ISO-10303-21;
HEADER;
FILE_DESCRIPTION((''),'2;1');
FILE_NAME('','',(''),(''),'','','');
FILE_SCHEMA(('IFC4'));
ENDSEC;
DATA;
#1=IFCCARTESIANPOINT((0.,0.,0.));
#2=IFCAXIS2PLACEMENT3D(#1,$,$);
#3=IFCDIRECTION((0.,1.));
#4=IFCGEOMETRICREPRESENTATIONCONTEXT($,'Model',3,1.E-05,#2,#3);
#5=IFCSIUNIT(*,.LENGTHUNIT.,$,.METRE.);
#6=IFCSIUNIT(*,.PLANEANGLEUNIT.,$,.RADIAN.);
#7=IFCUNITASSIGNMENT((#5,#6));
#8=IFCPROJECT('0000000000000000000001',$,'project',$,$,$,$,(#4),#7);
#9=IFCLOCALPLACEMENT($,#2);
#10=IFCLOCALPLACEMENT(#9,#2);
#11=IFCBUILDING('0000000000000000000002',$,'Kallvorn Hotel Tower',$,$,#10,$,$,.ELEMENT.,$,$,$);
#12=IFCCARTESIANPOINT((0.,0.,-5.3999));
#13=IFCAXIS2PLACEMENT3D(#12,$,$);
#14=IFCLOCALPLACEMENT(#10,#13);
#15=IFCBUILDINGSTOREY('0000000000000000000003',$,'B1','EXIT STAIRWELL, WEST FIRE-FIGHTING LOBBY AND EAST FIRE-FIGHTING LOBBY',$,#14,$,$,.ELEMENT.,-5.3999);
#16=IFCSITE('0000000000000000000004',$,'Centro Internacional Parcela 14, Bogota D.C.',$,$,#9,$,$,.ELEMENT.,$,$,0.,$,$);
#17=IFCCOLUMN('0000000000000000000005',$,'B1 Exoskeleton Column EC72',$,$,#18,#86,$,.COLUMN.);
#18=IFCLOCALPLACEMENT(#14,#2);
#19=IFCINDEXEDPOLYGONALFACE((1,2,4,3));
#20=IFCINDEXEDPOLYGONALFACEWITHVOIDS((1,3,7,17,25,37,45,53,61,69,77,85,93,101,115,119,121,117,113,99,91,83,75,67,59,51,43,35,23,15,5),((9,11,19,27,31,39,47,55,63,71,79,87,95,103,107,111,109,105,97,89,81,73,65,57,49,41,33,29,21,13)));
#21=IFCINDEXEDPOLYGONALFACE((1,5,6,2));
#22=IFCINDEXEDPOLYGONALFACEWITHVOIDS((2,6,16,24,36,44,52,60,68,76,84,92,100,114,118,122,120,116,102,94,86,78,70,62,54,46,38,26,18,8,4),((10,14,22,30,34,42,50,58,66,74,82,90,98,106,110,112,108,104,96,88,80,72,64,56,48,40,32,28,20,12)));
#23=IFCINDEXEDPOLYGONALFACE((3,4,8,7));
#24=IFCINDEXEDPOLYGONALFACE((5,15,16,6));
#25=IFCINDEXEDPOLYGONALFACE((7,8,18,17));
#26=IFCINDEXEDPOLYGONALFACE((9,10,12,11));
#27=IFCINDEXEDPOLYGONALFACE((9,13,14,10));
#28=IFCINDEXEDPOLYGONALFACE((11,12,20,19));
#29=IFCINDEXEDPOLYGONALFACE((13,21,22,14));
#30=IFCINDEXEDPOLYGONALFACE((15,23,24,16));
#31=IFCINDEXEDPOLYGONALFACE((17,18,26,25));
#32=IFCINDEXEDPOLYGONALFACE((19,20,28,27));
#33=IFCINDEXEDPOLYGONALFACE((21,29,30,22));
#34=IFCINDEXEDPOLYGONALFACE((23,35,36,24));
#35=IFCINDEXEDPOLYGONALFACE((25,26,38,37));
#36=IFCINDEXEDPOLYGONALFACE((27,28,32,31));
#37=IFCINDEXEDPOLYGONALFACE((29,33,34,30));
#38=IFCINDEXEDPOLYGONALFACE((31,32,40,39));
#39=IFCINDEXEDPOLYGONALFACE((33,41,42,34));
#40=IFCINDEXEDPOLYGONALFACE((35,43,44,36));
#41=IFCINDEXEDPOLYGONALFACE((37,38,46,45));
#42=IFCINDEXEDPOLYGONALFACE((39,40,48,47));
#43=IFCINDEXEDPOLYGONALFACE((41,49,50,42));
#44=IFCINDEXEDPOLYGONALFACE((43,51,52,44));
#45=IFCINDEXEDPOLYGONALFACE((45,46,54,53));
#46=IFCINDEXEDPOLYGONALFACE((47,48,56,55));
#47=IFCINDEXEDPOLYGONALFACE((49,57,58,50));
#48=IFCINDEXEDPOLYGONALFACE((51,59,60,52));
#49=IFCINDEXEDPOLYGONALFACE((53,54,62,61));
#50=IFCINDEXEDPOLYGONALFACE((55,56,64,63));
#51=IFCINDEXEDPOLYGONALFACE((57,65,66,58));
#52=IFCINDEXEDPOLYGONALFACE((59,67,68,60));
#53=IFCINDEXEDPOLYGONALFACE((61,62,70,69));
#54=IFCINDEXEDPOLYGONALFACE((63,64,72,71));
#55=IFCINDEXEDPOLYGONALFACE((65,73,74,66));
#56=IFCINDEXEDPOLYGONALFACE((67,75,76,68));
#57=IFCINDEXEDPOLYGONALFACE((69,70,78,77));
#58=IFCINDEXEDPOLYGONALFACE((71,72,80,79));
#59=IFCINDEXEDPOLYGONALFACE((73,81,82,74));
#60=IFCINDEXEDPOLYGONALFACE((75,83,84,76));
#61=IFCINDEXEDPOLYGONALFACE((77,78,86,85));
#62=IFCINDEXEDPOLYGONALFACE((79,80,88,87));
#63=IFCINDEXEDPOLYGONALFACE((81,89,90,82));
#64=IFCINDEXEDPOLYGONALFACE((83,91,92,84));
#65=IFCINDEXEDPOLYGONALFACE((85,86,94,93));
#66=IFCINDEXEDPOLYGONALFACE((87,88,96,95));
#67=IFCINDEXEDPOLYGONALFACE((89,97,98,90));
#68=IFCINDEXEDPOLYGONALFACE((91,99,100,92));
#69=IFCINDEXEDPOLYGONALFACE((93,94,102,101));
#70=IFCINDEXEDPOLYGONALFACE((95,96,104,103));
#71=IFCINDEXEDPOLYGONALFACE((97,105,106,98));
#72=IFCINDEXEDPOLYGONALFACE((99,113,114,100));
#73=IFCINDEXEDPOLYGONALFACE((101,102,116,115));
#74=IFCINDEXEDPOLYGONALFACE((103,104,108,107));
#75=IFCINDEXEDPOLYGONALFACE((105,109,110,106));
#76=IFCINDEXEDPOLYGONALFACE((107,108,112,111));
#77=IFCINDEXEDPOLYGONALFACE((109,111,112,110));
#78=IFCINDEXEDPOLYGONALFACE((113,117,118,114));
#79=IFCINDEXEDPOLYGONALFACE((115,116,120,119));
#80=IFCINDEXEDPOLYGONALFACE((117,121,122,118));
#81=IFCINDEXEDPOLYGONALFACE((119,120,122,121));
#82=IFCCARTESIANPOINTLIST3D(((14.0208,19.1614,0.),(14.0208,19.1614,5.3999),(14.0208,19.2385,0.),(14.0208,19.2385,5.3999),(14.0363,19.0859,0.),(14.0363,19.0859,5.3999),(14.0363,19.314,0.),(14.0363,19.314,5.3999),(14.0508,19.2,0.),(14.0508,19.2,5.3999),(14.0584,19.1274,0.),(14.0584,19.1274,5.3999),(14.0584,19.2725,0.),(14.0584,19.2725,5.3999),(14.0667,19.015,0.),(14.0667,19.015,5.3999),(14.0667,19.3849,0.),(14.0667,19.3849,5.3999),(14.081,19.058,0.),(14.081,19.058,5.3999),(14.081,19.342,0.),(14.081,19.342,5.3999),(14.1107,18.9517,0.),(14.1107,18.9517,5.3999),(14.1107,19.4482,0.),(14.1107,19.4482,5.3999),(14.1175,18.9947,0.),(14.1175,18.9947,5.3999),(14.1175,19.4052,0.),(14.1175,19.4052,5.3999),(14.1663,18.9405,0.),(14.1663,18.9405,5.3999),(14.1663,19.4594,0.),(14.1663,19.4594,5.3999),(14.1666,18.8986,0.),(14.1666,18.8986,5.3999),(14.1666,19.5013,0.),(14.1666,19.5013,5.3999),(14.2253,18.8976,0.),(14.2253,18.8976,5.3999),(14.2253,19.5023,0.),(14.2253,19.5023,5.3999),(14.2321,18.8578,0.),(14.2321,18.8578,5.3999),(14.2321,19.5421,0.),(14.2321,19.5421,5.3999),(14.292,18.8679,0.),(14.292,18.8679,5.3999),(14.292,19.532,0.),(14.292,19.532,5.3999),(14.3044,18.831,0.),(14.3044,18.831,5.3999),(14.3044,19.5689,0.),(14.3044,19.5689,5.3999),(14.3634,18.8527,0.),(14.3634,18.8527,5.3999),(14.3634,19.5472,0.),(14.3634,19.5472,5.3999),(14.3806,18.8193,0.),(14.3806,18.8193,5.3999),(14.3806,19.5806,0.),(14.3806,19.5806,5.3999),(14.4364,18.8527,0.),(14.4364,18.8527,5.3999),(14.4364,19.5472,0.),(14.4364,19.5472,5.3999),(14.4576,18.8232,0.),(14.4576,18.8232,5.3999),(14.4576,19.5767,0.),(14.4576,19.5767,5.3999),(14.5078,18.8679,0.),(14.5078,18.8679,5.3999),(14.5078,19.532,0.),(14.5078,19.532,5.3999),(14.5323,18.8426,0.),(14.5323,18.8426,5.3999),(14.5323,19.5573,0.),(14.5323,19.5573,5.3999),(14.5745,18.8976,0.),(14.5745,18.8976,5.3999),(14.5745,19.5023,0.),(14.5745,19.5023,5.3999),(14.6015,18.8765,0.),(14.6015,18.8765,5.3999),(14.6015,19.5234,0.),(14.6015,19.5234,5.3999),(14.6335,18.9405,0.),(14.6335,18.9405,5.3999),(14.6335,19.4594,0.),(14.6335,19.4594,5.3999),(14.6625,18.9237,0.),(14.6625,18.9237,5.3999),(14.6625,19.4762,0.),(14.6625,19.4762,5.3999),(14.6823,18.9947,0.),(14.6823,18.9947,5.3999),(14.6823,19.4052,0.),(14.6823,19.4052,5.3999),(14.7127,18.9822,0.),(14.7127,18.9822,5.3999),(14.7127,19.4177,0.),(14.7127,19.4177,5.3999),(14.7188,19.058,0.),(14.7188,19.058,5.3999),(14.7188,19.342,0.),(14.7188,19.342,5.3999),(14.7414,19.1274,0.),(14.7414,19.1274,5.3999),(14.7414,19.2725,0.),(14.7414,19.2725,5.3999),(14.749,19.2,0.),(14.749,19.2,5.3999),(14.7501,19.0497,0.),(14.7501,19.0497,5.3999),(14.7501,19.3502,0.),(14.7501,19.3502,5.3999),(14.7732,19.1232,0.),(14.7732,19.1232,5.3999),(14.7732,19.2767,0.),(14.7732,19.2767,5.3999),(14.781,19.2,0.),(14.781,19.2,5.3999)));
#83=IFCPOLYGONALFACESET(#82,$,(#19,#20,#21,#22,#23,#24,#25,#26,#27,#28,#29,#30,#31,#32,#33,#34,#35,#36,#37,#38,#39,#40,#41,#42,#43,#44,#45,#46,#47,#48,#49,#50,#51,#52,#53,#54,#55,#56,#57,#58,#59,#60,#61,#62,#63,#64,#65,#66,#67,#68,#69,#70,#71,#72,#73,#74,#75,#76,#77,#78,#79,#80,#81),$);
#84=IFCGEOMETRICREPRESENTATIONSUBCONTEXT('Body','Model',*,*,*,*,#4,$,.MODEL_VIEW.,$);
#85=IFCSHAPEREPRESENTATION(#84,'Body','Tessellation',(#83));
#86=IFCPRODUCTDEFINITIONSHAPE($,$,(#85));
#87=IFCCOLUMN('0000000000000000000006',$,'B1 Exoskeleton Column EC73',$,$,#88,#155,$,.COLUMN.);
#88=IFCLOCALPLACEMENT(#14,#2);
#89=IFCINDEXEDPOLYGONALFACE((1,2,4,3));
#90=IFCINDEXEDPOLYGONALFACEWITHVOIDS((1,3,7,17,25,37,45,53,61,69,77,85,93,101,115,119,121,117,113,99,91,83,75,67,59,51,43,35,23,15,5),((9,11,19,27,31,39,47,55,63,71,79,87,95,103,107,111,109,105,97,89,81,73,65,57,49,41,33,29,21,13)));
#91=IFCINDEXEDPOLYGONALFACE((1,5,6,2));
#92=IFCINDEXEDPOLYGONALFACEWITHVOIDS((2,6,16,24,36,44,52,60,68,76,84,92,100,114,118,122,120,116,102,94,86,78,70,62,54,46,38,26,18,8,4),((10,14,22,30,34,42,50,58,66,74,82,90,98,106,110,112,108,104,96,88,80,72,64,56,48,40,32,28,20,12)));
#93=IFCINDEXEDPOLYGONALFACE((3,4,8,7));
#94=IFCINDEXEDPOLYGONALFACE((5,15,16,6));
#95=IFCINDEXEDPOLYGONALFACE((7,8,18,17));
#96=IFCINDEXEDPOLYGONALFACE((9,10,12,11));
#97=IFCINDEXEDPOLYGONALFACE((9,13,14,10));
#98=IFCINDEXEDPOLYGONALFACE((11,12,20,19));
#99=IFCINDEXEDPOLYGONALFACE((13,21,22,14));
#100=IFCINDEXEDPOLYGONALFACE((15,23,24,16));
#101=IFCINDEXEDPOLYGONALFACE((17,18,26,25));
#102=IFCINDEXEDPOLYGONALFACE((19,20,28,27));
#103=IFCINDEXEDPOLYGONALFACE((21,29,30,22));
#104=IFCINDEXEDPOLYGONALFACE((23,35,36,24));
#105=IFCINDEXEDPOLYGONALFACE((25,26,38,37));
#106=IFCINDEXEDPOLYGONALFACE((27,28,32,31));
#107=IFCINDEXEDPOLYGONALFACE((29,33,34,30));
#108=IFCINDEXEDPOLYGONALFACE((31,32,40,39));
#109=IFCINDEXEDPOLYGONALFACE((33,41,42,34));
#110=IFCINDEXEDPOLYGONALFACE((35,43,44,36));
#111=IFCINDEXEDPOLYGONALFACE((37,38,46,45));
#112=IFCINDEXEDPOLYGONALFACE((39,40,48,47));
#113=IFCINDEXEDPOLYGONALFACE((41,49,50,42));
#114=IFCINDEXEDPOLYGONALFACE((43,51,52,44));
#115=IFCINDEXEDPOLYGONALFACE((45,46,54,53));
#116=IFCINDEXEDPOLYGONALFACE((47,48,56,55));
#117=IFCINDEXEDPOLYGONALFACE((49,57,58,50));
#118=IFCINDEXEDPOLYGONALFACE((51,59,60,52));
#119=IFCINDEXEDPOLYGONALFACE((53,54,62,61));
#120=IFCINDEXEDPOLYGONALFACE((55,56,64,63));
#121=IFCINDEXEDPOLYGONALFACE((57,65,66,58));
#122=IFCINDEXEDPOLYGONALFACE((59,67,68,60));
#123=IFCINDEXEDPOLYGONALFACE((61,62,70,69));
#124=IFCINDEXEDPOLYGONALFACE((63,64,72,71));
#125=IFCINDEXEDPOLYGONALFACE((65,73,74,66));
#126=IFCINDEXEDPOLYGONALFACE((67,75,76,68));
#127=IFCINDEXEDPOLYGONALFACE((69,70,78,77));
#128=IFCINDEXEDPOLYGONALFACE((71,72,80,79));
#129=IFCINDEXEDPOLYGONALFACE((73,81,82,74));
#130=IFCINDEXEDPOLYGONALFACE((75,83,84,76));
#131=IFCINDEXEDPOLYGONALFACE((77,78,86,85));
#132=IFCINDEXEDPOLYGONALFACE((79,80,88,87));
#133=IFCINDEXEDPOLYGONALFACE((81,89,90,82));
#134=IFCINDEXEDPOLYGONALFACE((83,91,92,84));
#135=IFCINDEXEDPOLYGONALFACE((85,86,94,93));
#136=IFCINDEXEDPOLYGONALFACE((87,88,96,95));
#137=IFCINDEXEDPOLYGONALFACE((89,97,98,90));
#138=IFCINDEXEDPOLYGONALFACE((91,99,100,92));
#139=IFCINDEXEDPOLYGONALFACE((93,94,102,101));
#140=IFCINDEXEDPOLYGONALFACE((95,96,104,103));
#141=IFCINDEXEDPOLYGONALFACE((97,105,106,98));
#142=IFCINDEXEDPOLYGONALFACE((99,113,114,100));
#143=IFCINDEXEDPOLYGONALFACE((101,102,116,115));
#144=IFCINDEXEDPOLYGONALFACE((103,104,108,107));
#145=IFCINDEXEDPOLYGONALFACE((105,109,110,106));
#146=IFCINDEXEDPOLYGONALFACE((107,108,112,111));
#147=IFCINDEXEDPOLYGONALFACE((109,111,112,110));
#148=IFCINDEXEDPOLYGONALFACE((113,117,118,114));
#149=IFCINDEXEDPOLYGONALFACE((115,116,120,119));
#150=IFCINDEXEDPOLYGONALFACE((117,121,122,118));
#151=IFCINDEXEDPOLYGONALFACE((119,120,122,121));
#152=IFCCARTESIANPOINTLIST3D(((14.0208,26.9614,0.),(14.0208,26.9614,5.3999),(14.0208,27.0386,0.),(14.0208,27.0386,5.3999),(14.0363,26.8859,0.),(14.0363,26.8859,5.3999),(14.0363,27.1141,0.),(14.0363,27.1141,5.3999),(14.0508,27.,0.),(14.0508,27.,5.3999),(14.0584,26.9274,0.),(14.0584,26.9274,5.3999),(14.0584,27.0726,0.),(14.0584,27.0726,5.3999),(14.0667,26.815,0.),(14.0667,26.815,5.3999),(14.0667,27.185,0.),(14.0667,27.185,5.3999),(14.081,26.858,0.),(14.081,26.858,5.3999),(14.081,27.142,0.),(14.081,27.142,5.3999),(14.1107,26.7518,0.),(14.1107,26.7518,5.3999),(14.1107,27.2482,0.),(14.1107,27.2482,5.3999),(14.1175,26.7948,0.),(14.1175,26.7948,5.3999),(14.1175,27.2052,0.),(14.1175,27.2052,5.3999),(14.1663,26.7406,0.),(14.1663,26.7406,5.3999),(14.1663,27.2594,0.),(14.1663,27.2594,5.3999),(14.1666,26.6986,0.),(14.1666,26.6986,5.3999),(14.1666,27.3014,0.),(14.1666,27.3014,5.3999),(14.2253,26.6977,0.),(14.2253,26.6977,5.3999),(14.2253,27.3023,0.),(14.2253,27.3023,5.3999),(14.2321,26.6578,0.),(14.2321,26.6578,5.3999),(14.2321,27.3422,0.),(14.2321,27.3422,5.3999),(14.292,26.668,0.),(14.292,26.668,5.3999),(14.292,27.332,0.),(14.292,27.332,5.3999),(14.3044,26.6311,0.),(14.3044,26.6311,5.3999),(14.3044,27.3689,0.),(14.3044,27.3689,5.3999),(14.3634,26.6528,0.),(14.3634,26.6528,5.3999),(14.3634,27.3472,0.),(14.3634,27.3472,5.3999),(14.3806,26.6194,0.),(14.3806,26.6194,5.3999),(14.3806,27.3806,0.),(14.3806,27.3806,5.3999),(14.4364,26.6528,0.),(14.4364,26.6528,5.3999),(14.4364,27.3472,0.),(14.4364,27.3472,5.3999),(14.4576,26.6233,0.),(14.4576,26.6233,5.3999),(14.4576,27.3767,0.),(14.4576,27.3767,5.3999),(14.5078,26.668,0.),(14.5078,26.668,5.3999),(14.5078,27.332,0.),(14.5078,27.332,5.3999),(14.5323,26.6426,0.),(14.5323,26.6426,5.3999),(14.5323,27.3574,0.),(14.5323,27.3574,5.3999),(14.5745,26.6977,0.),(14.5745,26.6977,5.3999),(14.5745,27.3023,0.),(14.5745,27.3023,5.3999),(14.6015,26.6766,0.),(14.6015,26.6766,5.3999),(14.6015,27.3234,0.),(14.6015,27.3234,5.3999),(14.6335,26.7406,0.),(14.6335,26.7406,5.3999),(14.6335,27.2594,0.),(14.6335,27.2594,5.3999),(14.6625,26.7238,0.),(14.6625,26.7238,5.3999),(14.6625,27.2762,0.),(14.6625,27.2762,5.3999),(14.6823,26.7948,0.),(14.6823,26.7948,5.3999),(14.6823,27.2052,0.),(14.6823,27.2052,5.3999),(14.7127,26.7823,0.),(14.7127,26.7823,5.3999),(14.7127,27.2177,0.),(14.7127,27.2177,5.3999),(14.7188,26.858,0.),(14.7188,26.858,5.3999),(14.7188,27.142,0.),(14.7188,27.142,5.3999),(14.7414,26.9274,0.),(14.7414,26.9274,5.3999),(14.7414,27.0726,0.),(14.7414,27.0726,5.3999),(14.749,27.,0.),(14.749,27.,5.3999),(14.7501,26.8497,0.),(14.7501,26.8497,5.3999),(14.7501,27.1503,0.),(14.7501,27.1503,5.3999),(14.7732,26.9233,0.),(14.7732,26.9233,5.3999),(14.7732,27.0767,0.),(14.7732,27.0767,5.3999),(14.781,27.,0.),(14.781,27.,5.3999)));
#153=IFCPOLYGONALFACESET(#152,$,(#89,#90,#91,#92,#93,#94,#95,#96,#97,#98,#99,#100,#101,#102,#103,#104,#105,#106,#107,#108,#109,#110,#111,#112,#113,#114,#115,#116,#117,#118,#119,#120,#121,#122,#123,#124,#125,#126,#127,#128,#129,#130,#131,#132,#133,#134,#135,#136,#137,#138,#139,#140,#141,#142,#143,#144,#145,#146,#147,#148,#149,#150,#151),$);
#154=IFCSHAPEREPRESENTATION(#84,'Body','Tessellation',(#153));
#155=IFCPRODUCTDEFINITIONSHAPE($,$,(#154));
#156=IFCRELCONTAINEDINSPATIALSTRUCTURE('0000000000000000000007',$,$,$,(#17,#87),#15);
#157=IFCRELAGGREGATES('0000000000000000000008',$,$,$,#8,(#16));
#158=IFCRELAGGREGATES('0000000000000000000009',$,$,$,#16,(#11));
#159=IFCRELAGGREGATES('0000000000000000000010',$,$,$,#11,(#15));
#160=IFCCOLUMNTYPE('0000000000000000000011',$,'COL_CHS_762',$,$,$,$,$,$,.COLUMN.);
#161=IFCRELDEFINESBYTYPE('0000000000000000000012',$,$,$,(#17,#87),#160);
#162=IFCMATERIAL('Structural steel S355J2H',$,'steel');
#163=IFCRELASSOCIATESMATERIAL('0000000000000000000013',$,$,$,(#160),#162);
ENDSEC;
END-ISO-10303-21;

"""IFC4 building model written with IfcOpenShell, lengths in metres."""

from ifc_helpers import new_model, si_unit, direction, frame, origin, origin_2d, place, context, subcontext, project, spatial, hollow_circle, extrude, material, material_profile, profile_set, type_object, element, save


model = new_model("IFC4")

# Units and contexts
model_context = context("Model", 3, precision=1e-05, world=origin(), true_north=direction((0.0, 1.0)))
body_context = subcontext(model_context, "Body", "Model", "MODEL_VIEW")
ifc_project = project(units=[si_unit("LENGTHUNIT", "METRE"), si_unit("PLANEANGLEUNIT", "RADIAN")], contexts=[model_context])

# Site, building, storey
site_placement = place(None, origin())
site = spatial("IfcSite", under=ifc_project, at=site_placement, Name="Centro Internacional Parcela 14, Bogota D.C.", CompositionType="ELEMENT", RefElevation=0.0)
building_placement = place(site_placement, origin())
building = spatial("IfcBuilding", under=site, at=building_placement, Name="Kallvorn Hotel Tower", CompositionType="ELEMENT")
storey_placement = place(building_placement, frame((0.0, 0.0, -5.3999)))
storey = spatial("IfcBuildingStorey", under=building, at=storey_placement, Name="B1", Description="EXIT STAIRWELL, WEST FIRE-FIGHTING LOBBY AND EAST FIRE-FIGHTING LOBBY", CompositionType="ELEMENT", Elevation=-5.3999)

# Columns
ifc_material_1 = material(Name="Structural steel S355J2H", Category="steel")
ifc_material_profile_1 = material_profile(ifc_material_1, hollow_circle(Radius=0.3811, WallThickness=0.032, at=origin_2d()), Name="CHS 762x32")
ifc_profile_set_1 = profile_set([ifc_material_profile_1], Name="Structural steel S355J2H")
column_type_1 = type_object("IfcColumnType", Name="COL_CHS_762", PredefinedType="COLUMN", material=ifc_profile_set_1)
for number, where, z_axis, x_axis, name in (
    (1, (14.3999, 19.2, 0.0), (0.0, 0.0, 1.0), (1.0, 0.0, 0.0), "B1 Exoskeleton Column EC72"),
    (2, (14.3999, 27.0, 0.0), (0.0, 0.0, 1.0), (1.0, 0.0, 0.0), "B1 Exoskeleton Column EC73"),
):
    element("IfcColumn", number, at=place(storey_placement, frame(where, z_axis=z_axis, x_axis=x_axis)), inside=storey, type_object=column_type_1, Name=name, PredefinedType="COLUMN", context=body_context, shape_type="SweptSolid", body=[
        extrude(hollow_circle(Radius=0.3811, WallThickness=0.032, at=origin_2d()), origin(), (0.0, 0.0, 1.0), 5.3999),
    ])

save(model, "model.ifc")
